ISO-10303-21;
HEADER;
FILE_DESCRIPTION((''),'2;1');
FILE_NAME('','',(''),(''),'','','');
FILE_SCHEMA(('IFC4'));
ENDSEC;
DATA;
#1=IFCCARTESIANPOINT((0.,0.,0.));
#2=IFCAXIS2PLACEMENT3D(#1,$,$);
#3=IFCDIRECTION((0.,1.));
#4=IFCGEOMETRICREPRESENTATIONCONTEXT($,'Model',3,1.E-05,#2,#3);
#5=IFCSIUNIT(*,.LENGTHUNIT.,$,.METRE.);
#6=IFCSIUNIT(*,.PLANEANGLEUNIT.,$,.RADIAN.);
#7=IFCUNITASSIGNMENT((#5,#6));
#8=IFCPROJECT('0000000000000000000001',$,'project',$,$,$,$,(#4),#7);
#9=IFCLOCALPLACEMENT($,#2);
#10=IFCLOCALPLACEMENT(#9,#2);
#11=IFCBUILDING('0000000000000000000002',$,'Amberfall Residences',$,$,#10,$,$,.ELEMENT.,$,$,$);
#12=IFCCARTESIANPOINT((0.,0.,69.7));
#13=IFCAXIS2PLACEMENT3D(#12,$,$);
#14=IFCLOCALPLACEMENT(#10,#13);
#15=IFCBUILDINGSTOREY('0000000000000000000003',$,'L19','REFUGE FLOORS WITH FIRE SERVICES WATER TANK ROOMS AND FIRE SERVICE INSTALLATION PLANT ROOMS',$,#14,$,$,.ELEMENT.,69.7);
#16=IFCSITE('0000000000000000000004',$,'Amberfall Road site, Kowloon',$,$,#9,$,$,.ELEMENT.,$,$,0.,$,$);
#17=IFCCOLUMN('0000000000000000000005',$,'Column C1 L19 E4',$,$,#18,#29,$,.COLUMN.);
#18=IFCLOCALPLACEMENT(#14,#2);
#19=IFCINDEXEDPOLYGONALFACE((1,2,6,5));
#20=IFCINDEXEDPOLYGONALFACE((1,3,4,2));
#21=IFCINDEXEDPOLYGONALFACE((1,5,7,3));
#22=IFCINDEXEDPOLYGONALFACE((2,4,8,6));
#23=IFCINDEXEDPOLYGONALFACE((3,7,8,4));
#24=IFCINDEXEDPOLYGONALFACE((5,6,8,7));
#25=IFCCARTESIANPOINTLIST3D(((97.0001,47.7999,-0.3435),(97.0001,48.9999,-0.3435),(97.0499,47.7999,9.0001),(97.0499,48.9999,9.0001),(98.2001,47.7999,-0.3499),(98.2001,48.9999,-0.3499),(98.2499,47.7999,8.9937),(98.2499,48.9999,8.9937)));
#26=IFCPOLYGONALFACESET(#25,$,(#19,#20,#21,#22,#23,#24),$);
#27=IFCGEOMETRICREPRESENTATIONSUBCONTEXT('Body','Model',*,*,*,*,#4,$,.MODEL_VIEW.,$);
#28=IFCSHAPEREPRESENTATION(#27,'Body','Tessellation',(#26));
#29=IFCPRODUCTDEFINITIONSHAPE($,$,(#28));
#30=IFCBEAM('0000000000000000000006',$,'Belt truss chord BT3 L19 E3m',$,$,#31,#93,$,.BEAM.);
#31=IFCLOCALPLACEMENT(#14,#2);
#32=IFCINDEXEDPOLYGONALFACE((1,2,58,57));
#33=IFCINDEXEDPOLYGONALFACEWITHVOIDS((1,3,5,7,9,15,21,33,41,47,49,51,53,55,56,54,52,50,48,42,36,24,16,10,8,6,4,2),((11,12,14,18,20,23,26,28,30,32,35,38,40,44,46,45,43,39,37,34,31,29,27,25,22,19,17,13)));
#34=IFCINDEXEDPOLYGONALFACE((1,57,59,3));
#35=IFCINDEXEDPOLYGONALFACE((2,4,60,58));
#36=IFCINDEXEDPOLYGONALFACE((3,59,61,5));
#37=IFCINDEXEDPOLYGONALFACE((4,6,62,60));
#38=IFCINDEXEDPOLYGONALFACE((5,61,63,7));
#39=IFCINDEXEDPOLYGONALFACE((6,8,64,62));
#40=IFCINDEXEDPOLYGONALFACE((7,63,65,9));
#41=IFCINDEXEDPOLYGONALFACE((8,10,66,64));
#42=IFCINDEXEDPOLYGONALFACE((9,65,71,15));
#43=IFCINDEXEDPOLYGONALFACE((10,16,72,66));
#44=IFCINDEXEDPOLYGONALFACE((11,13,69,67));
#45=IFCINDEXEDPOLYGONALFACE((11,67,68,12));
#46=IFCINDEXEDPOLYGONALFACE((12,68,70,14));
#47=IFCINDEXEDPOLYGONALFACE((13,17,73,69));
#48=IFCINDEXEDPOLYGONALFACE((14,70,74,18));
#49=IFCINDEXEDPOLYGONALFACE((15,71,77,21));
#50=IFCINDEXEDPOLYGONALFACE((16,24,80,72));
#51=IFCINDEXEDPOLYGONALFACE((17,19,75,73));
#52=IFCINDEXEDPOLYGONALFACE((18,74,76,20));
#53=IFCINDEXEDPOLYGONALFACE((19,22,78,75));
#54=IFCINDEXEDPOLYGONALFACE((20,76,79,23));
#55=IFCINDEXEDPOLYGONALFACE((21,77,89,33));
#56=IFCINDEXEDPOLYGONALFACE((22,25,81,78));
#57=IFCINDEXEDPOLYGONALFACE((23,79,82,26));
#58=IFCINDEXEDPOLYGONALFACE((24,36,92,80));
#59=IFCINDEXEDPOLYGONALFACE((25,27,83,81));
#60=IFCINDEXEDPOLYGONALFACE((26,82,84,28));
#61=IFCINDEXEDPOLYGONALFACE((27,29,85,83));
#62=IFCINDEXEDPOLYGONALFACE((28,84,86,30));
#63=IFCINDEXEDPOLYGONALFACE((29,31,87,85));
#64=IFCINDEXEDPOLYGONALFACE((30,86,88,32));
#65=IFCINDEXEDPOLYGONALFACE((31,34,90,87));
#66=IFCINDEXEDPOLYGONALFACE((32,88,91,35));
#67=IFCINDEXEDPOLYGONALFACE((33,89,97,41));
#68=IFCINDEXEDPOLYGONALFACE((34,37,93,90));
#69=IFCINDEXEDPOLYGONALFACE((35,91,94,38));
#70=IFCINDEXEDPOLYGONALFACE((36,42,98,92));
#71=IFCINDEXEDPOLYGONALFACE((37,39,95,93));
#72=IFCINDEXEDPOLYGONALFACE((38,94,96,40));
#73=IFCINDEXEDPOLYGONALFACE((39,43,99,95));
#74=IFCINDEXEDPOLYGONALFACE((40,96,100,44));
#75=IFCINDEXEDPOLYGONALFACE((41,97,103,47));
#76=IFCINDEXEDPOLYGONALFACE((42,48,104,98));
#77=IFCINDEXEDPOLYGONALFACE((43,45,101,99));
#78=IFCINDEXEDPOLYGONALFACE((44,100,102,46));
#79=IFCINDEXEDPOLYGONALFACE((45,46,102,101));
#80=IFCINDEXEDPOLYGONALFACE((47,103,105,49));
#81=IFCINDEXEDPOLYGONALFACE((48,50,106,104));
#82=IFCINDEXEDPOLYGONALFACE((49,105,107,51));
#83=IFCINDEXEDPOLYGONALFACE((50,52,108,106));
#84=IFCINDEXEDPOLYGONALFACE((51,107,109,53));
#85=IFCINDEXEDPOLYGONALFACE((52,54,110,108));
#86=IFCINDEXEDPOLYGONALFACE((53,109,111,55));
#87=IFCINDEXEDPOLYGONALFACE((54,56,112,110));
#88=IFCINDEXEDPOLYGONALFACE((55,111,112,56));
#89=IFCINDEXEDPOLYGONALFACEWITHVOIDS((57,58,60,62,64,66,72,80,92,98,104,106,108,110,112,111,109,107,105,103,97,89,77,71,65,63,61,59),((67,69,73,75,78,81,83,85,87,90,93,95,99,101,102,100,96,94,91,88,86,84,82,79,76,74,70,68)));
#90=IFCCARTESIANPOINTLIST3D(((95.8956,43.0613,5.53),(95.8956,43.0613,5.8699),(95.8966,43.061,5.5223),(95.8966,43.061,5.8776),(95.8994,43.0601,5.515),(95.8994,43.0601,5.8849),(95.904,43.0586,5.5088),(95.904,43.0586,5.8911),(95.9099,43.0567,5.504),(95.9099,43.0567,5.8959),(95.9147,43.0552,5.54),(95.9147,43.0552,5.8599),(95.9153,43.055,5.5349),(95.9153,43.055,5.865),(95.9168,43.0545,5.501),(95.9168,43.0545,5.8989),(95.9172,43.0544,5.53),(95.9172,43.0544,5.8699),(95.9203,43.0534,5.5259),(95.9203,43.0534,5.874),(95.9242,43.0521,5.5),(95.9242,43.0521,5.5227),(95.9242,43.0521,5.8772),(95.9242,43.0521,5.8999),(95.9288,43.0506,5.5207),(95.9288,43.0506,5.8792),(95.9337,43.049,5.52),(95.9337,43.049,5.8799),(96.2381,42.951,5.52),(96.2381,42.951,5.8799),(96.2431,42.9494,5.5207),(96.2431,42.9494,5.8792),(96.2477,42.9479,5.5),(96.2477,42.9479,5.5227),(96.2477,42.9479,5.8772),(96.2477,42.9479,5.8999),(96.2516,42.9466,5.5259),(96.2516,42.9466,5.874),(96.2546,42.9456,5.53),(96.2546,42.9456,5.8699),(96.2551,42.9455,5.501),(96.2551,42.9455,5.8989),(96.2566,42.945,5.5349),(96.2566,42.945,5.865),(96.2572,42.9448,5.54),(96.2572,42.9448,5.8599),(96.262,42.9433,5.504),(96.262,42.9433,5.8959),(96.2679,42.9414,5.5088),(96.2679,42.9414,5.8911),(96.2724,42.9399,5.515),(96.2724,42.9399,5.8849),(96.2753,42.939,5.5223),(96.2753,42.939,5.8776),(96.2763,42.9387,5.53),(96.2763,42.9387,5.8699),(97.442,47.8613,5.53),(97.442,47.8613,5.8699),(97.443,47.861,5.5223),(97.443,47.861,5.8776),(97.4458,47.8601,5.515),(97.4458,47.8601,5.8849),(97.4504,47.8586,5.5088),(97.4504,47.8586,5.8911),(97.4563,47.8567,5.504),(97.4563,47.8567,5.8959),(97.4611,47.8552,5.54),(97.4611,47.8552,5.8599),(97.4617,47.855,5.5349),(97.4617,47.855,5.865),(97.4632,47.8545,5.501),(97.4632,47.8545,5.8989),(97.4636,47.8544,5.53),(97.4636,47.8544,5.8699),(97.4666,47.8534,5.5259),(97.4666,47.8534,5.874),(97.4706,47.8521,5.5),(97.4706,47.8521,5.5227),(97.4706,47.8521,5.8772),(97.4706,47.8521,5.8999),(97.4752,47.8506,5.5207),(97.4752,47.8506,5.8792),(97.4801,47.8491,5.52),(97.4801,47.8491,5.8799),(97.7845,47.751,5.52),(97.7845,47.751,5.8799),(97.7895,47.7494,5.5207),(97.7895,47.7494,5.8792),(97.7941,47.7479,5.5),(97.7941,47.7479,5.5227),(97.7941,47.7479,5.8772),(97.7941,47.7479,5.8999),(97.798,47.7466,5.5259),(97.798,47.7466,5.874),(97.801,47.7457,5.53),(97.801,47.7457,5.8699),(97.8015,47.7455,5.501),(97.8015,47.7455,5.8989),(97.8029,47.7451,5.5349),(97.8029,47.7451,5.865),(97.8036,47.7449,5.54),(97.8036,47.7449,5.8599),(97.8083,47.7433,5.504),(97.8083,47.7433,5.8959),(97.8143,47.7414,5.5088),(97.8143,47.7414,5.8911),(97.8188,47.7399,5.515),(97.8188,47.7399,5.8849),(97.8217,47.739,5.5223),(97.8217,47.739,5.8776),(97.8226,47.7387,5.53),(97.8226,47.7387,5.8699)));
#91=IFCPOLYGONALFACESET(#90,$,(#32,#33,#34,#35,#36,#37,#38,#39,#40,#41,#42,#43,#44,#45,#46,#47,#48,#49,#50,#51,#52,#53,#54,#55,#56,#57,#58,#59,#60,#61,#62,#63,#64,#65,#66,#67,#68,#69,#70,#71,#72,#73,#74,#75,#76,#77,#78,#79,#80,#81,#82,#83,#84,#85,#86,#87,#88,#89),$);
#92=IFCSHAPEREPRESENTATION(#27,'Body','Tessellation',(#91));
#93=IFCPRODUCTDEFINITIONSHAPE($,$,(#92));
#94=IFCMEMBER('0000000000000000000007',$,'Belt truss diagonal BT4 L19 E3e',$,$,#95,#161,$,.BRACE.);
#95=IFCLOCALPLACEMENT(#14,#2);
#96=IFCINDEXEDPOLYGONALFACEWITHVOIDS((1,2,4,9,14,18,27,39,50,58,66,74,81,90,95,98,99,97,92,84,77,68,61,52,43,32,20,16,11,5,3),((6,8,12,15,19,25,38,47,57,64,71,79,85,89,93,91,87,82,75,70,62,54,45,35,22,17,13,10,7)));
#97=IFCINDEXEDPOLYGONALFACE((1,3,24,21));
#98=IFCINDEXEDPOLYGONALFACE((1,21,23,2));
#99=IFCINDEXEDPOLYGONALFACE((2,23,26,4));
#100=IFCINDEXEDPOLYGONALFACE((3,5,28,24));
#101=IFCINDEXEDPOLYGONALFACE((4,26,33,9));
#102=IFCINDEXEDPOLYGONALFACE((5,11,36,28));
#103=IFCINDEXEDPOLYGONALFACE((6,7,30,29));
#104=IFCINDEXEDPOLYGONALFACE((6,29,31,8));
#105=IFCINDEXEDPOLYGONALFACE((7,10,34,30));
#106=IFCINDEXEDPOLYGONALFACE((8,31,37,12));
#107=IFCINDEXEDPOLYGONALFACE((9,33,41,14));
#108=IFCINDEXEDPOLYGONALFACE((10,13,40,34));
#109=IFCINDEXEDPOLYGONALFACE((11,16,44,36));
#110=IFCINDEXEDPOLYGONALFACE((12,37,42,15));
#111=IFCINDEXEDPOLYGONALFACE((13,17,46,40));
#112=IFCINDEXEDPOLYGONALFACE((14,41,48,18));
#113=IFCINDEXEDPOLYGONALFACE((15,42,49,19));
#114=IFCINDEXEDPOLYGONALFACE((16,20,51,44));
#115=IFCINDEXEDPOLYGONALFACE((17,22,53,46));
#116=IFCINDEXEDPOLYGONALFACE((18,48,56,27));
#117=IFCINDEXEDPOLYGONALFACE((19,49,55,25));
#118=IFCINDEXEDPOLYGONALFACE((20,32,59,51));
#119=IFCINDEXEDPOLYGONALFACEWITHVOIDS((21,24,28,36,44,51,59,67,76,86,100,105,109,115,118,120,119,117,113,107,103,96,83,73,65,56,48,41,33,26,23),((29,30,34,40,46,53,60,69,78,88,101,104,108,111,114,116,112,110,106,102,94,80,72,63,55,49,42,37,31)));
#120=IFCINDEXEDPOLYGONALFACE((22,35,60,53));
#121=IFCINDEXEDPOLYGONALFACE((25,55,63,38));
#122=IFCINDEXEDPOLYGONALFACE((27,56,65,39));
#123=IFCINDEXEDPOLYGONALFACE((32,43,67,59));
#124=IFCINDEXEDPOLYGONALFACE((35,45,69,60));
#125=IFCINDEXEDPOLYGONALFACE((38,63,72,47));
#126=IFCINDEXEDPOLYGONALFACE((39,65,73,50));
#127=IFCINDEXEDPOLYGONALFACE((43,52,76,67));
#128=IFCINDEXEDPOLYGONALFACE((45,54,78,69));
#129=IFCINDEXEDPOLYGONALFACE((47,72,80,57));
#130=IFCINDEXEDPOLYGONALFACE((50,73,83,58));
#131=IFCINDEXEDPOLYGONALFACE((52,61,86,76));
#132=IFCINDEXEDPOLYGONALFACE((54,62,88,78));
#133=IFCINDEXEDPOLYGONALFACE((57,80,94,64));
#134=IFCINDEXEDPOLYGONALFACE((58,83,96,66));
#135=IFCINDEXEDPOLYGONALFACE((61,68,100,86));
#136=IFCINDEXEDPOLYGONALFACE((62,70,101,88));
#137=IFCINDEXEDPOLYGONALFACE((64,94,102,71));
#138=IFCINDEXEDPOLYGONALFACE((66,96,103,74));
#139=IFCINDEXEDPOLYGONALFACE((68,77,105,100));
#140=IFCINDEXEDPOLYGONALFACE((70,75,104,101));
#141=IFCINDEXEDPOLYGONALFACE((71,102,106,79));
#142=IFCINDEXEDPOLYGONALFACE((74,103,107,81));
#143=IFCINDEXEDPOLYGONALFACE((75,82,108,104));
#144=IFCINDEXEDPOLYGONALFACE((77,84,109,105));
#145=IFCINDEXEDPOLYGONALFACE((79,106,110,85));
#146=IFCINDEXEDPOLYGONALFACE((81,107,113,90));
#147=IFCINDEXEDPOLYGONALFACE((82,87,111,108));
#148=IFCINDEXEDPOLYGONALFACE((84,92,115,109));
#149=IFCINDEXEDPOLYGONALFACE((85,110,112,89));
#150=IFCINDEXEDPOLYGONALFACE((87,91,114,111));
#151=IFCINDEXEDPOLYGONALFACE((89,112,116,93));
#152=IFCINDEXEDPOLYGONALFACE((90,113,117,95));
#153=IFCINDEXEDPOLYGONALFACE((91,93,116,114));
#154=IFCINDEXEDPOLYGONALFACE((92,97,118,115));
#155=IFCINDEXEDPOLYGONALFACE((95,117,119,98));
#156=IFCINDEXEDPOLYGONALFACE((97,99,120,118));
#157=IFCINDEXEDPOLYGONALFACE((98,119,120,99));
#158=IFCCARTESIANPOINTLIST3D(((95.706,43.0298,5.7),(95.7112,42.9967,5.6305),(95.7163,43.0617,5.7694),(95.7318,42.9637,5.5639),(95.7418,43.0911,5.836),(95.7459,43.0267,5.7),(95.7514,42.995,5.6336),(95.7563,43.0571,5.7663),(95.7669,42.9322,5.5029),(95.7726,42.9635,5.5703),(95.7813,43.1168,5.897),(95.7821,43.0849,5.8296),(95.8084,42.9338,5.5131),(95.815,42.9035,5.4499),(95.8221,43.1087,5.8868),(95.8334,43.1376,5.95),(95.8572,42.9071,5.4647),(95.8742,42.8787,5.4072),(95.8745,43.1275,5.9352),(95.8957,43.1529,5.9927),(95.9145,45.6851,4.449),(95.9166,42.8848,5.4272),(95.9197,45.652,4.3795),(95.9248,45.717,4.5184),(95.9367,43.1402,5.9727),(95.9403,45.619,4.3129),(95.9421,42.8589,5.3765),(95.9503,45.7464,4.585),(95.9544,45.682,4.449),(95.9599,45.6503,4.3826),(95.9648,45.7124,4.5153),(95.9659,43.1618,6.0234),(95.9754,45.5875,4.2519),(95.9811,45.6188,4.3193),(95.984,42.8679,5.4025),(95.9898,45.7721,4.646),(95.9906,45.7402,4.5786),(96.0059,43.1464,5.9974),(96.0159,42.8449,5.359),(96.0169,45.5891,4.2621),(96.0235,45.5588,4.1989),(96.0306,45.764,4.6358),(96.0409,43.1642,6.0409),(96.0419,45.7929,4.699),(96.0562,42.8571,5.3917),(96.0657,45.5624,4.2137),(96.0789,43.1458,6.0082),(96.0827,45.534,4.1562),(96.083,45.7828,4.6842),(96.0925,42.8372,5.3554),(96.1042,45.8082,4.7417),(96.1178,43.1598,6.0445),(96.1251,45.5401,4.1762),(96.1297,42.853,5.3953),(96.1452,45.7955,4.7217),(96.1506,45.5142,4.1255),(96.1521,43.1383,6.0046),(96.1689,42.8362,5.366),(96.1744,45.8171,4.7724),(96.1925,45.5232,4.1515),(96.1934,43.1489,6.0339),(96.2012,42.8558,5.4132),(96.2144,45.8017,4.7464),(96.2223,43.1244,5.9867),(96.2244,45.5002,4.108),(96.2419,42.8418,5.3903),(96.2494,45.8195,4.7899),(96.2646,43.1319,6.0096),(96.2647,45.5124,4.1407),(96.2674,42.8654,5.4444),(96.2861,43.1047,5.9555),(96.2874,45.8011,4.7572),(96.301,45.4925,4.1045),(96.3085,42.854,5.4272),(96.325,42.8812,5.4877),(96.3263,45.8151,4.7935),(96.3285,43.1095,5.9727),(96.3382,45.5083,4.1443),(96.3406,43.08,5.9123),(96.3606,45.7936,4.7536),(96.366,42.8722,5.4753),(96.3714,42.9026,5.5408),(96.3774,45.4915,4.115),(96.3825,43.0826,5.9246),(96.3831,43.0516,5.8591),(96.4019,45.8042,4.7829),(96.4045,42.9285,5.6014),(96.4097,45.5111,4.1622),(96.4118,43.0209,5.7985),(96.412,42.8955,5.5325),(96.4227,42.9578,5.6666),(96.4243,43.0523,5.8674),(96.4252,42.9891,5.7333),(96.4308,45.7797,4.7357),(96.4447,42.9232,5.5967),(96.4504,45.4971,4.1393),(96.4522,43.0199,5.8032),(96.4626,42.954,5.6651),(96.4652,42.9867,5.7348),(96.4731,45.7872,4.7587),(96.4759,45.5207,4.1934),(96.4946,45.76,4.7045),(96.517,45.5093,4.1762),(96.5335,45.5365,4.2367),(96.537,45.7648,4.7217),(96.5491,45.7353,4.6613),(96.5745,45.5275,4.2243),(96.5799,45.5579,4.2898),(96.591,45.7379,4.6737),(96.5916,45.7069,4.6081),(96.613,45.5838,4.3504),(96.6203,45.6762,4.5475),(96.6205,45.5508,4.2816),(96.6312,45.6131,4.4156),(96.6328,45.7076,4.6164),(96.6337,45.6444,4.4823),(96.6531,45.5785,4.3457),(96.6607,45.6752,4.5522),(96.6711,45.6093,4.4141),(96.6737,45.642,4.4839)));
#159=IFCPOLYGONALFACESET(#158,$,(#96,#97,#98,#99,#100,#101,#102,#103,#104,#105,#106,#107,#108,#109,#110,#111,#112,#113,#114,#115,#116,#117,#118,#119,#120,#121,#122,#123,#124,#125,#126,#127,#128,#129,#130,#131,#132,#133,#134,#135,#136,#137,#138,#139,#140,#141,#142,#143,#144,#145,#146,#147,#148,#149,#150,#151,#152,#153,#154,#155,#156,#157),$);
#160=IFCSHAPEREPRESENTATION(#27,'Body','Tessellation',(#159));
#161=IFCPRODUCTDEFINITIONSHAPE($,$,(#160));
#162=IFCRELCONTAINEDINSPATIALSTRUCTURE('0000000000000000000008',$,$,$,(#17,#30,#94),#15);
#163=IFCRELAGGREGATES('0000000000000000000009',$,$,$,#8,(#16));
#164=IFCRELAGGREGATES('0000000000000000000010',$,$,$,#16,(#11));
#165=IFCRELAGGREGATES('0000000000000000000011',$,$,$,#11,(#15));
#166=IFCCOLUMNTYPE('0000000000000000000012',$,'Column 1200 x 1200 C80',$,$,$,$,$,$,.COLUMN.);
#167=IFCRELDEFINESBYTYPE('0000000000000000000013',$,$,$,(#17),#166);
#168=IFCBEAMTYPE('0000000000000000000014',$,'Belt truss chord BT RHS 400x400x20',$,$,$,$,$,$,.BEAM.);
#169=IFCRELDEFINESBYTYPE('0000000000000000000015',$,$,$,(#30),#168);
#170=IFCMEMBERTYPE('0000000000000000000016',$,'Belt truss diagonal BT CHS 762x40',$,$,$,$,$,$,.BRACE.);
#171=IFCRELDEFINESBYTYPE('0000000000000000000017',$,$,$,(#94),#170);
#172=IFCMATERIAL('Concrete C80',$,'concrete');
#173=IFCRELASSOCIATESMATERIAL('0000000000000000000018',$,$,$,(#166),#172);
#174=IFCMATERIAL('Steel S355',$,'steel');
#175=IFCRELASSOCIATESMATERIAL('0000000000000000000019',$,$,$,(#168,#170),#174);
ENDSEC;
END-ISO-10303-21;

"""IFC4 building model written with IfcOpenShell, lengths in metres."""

from ifc_helpers import new_model, si_unit, direction, frame, origin, origin_2d, place, context, subcontext, project, spatial, rectangle, hollow_rectangle, hollow_circle, extrude, material, material_profile, profile_set, type_object, element, save


model = new_model("IFC4")

# Units and contexts
model_context = context("Model", 3, precision=1e-05, world=origin(), true_north=direction((0.0, 1.0)))
body_context = subcontext(model_context, "Body", "Model", "MODEL_VIEW")
ifc_project = project(units=[si_unit("LENGTHUNIT", "METRE"), si_unit("PLANEANGLEUNIT", "RADIAN")], contexts=[model_context])

# Site, building, storey
site_placement = place(None, origin())
site = spatial("IfcSite", under=ifc_project, at=site_placement, Name="Amberfall Road site, Kowloon", CompositionType="ELEMENT", RefElevation=0.0)
building_placement = place(site_placement, origin())
building = spatial("IfcBuilding", under=site, at=building_placement, Name="Amberfall Residences", CompositionType="ELEMENT")
storey_placement = place(building_placement, frame((0.0, 0.0, 69.7)))
storey = spatial("IfcBuildingStorey", under=building, at=storey_placement, Name="L19", Description="REFUGE FLOORS WITH FIRE SERVICES WATER TANK ROOMS AND FIRE SERVICE INSTALLATION PLANT ROOMS", CompositionType="ELEMENT", Elevation=69.7)

# Column
ifc_material_1 = material(Name="Concrete C80", Category="concrete")
ifc_material_profile_1 = material_profile(ifc_material_1, rectangle(XDim=1.2, YDim=1.2, at=origin_2d()), Name="Column 1200 x 1200 C80")
ifc_profile_set_1 = profile_set([ifc_material_profile_1], Name="Concrete C80")
column_type = type_object("IfcColumnType", Name="Column 1200 x 1200 C80", PredefinedType="COLUMN", material=ifc_profile_set_1)
column_placement = place(storey_placement, frame((97.6001, 48.3999, -0.3467), z_axis=(0.00533, 0.0, 0.999986), x_axis=(0.0, 1.0, 0.0)))
element("IfcColumn", 1, at=column_placement, inside=storey, type_object=column_type, Name="Column C1 L19 E4", PredefinedType="COLUMN", context=body_context, shape_type="SweptSolid", body=[
    extrude(rectangle(XDim=1.2, YDim=1.2, at=origin_2d()), origin(), (0.0, 0.0, 1.0), 9.3438),
])

# Beam
ifc_material_2 = material(Name="Steel S355", Category="steel")
ifc_material_profile_2 = material_profile(ifc_material_2, hollow_rectangle(XDim=0.3999, YDim=0.3999, WallThickness=0.02, InnerFilletRadius=0.02, OuterFilletRadius=0.03, at=origin_2d()), Name="RHS 400x400x20")
ifc_profile_set_2 = profile_set([ifc_material_profile_2], Name="Steel S355")
beam_type_1 = type_object("IfcBeamType", Name="Belt truss chord BT RHS 400x400x20", PredefinedType="BEAM", material=ifc_profile_set_2)
beam_1_placement = place(storey_placement, frame((96.0859, 43.0, 5.7), z_axis=(0.306641, 0.951825, 0.0), x_axis=(-0.951825, 0.306641, 0.0)))
element("IfcBeam", 2, at=beam_1_placement, inside=storey, type_object=beam_type_1, Name="Belt truss chord BT3 L19 E3m", PredefinedType="BEAM", context=body_context, shape_type="SweptSolid", body=[
    extrude(hollow_rectangle(XDim=0.3999, YDim=0.3999, WallThickness=0.02, InnerFilletRadius=0.02, OuterFilletRadius=0.03, at=origin_2d()), origin(), (0.0, 0.0, 1.0), 5.043),
])

# Member
ifc_material_profile_3 = material_profile(ifc_material_2, hollow_circle(Radius=0.3811, WallThickness=0.04, at=origin_2d()), Name="CHS 762x40")
ifc_profile_set_3 = profile_set([ifc_material_profile_3], Name="Steel S355")
member_type_1 = type_object("IfcMemberType", Name="Belt truss diagonal BT CHS 762x40", PredefinedType="BRACE", material=ifc_profile_set_3)
member_1_placement = place(storey_placement, frame((96.0859, 43.0, 5.7), z_axis=(0.070854, 0.902356, -0.425126), x_axis=(-0.996931, 0.078281, 0.0)))
element("IfcMember", 3, at=member_1_placement, inside=storey, type_object=member_type_1, Name="Belt truss diagonal BT4 L19 E3e", PredefinedType="BRACE", context=body_context, shape_type="SweptSolid", body=[
    extrude(hollow_circle(Radius=0.3811, WallThickness=0.04, at=origin_2d()), origin(), (0.0, 0.0, 1.0), 2.9426),
])

save(model, "model.ifc")
